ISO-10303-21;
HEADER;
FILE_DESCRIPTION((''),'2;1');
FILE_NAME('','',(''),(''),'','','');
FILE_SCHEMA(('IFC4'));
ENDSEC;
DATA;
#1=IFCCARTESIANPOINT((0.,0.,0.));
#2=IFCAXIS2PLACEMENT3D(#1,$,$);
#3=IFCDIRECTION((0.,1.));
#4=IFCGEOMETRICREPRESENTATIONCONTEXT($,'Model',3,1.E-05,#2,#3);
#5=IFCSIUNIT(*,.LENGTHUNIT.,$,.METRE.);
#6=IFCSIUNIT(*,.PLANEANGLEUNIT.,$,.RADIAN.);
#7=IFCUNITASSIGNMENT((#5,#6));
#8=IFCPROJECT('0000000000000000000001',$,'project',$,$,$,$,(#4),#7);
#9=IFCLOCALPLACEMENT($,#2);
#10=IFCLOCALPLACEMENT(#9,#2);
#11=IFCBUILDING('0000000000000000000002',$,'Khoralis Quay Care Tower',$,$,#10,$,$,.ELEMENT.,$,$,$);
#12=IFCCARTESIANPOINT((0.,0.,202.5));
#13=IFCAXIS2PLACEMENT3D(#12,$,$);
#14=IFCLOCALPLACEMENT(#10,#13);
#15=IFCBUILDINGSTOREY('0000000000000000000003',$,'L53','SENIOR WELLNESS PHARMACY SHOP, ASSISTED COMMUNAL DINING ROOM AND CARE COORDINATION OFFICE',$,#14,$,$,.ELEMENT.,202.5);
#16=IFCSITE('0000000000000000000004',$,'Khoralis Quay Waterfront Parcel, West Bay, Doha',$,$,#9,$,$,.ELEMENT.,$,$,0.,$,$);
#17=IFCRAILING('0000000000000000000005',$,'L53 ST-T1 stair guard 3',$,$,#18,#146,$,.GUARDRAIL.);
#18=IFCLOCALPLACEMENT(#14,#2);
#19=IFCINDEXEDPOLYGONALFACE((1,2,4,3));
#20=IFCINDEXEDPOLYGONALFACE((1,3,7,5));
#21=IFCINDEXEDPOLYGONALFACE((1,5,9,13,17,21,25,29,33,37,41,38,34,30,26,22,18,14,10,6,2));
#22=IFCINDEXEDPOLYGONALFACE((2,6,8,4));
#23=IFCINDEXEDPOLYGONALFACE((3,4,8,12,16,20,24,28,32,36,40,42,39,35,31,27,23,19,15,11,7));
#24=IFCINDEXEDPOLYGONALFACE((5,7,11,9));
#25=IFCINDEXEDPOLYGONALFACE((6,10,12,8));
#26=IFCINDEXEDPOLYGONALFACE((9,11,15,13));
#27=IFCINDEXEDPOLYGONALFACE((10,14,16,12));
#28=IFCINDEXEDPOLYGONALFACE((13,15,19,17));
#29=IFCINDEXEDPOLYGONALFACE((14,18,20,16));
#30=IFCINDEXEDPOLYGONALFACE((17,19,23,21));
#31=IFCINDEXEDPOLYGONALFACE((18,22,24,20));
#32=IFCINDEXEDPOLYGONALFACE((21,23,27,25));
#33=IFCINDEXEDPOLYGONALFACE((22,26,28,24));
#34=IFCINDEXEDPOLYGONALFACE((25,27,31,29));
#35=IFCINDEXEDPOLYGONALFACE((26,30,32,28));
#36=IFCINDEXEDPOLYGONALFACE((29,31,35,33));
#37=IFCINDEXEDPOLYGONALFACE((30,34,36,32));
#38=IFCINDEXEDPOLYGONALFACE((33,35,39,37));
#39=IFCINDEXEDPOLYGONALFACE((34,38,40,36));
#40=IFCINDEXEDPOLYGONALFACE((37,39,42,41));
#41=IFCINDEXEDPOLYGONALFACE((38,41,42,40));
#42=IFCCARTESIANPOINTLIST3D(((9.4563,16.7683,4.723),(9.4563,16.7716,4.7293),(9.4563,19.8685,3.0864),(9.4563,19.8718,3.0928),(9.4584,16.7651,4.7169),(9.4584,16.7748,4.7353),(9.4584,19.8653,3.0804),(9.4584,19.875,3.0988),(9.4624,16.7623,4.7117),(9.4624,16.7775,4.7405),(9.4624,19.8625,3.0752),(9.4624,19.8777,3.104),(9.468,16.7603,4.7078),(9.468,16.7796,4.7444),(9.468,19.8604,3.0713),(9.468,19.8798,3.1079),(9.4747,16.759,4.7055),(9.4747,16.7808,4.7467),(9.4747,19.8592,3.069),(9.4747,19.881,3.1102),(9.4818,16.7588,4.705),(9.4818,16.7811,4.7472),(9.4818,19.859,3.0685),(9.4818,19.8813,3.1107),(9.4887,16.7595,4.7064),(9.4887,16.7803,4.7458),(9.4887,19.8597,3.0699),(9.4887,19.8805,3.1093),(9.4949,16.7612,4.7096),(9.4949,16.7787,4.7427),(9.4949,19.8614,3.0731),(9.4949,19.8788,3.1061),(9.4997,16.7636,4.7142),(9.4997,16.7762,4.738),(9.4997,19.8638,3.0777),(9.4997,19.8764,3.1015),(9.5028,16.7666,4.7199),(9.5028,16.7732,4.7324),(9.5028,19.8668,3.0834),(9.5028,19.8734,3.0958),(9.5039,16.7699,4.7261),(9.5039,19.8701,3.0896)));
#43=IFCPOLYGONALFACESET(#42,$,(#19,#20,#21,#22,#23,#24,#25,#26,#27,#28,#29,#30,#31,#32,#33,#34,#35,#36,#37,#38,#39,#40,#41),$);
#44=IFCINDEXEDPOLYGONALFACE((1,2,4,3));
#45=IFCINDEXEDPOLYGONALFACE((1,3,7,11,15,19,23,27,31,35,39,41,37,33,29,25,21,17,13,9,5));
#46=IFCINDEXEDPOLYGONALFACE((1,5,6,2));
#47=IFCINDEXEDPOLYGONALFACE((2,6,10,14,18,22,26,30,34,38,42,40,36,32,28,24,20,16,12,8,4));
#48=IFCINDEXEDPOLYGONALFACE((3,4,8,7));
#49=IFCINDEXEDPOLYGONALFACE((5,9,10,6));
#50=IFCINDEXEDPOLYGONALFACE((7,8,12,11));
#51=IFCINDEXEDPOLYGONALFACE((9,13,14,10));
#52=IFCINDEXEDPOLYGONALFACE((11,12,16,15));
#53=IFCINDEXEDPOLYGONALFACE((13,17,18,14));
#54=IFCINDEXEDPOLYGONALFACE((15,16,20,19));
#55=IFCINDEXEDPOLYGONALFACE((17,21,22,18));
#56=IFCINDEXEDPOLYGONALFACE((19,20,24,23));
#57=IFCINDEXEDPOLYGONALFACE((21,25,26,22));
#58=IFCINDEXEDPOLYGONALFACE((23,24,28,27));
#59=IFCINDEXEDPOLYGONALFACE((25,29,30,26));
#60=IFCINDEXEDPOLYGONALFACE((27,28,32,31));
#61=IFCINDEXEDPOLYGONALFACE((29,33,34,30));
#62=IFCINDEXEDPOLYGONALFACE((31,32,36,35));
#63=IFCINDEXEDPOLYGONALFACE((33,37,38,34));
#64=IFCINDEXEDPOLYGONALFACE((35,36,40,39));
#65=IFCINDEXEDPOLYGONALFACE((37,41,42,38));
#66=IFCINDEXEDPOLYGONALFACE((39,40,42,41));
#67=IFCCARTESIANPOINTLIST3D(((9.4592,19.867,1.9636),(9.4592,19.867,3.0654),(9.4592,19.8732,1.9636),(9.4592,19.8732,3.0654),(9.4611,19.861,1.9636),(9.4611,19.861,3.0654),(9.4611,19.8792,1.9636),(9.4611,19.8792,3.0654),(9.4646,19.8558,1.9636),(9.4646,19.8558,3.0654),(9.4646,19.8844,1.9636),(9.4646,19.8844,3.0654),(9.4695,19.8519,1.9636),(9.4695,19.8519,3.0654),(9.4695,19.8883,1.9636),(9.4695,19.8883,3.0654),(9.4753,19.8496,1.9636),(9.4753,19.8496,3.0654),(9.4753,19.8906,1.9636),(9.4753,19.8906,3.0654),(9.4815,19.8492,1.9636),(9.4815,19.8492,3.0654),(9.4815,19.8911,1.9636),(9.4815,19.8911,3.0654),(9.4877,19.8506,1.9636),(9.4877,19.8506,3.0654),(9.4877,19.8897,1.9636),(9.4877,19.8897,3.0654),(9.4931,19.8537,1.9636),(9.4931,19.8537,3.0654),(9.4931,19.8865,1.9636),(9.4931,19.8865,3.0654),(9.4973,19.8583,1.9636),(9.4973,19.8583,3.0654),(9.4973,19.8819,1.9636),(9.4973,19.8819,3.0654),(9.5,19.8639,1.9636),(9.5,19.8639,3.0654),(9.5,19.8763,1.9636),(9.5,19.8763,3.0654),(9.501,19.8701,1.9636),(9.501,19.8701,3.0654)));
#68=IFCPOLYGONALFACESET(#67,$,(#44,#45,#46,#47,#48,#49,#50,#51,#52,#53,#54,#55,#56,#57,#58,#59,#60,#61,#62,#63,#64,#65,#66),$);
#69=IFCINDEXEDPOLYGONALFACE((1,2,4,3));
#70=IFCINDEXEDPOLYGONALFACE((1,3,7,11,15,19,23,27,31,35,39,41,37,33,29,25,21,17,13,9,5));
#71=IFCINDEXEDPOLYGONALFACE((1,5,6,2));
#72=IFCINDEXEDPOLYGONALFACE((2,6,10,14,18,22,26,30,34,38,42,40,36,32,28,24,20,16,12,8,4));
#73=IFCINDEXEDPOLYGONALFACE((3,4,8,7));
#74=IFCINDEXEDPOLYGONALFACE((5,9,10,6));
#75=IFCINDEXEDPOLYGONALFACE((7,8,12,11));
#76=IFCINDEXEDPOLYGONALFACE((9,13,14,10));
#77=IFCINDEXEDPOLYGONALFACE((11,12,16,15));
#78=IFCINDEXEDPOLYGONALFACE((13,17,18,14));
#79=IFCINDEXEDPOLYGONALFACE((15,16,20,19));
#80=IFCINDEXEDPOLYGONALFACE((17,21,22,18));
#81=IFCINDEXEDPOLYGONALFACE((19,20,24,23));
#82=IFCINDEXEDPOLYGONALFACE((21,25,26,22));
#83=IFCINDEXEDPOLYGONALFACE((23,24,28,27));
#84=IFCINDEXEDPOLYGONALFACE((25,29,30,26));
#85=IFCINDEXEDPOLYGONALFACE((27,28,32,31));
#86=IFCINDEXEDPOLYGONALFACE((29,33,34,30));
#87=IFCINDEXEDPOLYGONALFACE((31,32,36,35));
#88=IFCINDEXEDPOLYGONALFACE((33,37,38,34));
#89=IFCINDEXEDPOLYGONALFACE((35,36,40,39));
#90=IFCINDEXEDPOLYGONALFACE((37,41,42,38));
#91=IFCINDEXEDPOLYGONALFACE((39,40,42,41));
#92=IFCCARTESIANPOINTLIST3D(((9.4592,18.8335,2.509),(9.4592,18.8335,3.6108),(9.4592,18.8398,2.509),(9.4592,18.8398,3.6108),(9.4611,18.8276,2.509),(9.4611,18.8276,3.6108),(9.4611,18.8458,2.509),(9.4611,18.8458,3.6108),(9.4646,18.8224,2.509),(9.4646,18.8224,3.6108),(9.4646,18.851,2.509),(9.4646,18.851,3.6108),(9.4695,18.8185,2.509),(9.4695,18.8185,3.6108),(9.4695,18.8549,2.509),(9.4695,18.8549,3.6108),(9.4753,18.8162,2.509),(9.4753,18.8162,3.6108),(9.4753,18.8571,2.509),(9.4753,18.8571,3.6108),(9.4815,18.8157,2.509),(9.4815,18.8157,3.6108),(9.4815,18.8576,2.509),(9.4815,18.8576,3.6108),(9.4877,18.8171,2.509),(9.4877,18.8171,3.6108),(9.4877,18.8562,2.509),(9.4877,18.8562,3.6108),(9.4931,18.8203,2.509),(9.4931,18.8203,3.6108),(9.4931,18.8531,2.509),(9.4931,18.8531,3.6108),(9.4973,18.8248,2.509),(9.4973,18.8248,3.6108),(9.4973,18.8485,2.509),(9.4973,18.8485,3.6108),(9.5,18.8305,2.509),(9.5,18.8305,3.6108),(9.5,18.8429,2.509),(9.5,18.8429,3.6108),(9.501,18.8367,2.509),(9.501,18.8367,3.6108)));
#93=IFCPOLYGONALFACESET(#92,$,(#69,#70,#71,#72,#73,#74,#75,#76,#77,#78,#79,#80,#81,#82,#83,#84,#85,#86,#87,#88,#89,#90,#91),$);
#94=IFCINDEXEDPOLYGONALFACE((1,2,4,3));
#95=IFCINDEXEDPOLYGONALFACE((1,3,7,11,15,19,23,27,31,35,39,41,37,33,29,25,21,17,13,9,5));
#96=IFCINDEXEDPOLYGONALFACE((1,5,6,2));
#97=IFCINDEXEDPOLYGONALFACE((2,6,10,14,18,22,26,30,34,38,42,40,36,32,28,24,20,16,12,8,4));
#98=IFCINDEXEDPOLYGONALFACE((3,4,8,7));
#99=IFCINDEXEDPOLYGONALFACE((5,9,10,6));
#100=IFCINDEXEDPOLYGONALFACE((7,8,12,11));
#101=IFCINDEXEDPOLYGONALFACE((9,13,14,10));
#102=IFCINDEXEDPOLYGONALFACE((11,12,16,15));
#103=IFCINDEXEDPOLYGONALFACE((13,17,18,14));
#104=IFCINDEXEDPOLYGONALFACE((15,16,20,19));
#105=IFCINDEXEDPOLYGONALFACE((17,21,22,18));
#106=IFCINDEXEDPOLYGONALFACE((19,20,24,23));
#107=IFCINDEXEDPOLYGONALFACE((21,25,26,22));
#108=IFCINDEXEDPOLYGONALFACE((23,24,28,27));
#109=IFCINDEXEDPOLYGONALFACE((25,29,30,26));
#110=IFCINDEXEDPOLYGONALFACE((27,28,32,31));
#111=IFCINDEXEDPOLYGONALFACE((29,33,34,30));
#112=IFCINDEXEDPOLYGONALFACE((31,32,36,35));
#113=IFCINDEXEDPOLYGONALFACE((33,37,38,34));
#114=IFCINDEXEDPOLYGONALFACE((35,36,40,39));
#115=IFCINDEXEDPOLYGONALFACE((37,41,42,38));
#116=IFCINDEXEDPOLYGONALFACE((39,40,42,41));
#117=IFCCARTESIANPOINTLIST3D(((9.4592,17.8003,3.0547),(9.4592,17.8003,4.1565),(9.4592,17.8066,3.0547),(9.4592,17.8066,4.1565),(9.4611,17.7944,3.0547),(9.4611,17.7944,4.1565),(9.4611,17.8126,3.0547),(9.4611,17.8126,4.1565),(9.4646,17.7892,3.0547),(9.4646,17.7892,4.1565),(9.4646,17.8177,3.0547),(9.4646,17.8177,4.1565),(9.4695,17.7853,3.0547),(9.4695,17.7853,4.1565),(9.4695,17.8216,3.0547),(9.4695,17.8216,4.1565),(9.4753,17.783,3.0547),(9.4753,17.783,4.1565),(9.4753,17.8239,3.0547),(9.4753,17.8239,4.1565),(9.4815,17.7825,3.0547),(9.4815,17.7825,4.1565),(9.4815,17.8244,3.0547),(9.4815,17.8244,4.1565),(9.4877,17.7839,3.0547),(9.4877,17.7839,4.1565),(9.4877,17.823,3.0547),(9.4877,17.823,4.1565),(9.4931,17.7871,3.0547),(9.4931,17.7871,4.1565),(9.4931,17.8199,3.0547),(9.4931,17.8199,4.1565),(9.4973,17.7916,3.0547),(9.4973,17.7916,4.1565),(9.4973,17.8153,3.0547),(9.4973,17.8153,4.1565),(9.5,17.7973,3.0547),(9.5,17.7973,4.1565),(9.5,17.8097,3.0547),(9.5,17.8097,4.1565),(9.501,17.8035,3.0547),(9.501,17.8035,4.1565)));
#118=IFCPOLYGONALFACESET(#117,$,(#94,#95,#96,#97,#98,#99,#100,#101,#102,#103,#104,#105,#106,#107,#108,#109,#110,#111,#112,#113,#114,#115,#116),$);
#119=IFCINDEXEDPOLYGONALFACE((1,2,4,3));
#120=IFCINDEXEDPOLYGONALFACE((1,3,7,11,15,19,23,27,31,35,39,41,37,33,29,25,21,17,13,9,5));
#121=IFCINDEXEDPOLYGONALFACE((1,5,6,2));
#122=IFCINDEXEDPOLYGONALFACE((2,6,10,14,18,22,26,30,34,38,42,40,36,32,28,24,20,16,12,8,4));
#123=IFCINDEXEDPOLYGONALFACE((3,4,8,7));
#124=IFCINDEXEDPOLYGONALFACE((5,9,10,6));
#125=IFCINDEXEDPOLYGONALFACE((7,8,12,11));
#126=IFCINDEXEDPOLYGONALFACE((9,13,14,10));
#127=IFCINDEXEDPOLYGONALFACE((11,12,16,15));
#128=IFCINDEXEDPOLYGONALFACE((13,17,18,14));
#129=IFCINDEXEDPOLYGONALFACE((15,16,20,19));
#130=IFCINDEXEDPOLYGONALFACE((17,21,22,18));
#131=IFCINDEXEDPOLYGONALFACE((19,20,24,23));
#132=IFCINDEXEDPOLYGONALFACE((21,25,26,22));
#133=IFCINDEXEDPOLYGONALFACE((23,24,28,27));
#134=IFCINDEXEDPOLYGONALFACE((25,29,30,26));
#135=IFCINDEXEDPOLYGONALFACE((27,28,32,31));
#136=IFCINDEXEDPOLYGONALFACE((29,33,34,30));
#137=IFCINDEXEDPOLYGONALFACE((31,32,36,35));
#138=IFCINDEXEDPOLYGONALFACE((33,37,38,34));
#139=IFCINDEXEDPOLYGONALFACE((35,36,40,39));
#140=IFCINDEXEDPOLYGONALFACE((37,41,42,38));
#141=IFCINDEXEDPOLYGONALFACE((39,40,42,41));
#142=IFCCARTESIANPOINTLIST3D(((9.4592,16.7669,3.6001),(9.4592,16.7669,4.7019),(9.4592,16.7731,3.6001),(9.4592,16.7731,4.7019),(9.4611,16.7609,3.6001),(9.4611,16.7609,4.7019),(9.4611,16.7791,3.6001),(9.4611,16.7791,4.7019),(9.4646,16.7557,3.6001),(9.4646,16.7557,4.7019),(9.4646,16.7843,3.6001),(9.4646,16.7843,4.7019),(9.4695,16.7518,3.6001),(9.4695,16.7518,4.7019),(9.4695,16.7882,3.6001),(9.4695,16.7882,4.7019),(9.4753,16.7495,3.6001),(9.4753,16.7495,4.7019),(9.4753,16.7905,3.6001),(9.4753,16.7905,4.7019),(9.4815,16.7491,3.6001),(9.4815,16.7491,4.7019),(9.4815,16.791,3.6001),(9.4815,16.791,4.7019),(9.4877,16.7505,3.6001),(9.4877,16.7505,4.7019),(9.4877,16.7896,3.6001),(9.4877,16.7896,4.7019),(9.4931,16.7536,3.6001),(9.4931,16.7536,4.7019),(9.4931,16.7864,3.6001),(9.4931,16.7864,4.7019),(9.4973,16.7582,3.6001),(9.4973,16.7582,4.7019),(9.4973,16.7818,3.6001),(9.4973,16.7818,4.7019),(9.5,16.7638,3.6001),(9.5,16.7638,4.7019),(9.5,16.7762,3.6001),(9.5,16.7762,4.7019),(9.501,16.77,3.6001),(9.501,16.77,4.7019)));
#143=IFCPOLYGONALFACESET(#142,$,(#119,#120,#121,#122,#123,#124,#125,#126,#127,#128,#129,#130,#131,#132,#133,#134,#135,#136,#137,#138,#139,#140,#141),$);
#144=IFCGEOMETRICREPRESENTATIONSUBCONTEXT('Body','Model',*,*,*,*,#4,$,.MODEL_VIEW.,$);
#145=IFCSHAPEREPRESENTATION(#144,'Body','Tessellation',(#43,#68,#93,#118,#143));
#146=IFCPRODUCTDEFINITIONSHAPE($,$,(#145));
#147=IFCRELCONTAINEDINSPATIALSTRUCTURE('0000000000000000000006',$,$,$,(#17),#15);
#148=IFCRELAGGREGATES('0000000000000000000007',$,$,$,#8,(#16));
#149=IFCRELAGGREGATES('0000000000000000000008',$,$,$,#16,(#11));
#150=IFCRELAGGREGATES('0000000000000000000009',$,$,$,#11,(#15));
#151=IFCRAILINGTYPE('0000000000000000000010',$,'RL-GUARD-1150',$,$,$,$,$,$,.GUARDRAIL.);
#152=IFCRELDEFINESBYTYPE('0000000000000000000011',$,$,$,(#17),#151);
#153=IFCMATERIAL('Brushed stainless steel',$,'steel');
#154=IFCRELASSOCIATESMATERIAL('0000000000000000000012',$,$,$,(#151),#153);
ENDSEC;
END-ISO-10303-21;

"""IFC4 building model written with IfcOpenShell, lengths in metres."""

from ifc_helpers import new_model, si_unit, direction, frame, origin, origin_2d, place, context, subcontext, project, spatial, circle, extrude, material, type_object, element, save


model = new_model("IFC4")

# Units and contexts
model_context = context("Model", 3, precision=1e-05, world=origin(), true_north=direction((0.0, 1.0)))
body_context = subcontext(model_context, "Body", "Model", "MODEL_VIEW")
ifc_project = project(units=[si_unit("LENGTHUNIT", "METRE"), si_unit("PLANEANGLEUNIT", "RADIAN")], contexts=[model_context])

# Site, building, storey
site_placement = place(None, origin())
site = spatial("IfcSite", under=ifc_project, at=site_placement, Name="Khoralis Quay Waterfront Parcel, West Bay, Doha", CompositionType="ELEMENT", RefElevation=0.0)
building_placement = place(site_placement, origin())
building = spatial("IfcBuilding", under=site, at=building_placement, Name="Khoralis Quay Care Tower", CompositionType="ELEMENT")
storey_placement = place(building_placement, frame((0.0, 0.0, 202.5)))
storey = spatial("IfcBuildingStorey", under=building, at=storey_placement, Name="L53", Description="SENIOR WELLNESS PHARMACY SHOP, ASSISTED COMMUNAL DINING ROOM AND CARE COORDINATION OFFICE", CompositionType="ELEMENT", Elevation=202.5)

# Shared definitions
ifc_material_1 = material(Name="Brushed stainless steel", Category="steel")

# Railing
railing_type_1 = type_object("IfcRailingType", Name="RL-GUARD-1150", PredefinedType="GUARDRAIL", material=ifc_material_1)
railing_1_placement = place(storey_placement, frame((9.48, 19.8701, 1.9636)))
element("IfcRailing", 1, at=railing_1_placement, inside=storey, type_object=railing_type_1, Name="L53 ST-T1 stair guard 3", PredefinedType="GUARDRAIL", context=body_context, shape_type="SweptSolid", body=[
    extrude(circle(Radius=0.0239, at=origin_2d()), frame((0.0, 0.0, 1.126), z_axis=(0.0, -0.884348, 0.466828), x_axis=(1.0, 0.0, 0.0)), (0.0, 0.0, 1.0), 3.5056),
    extrude(circle(Radius=0.021, at=origin_2d()), origin(), (0.0, 0.0, 1.0), 1.1018),
    extrude(circle(Radius=0.021, at=origin_2d()), frame((0.0, -1.0334, 0.5454)), (0.0, 0.0, 1.0), 1.1018),
    extrude(circle(Radius=0.021, at=origin_2d()), frame((0.0, -2.0667, 1.0911)), (0.0, 0.0, 1.0), 1.1018),
    extrude(circle(Radius=0.021, at=origin_2d()), frame((0.0, -3.1001, 1.6365)), (0.0, 0.0, 1.0), 1.1018),
])

save(model, "model.ifc")
